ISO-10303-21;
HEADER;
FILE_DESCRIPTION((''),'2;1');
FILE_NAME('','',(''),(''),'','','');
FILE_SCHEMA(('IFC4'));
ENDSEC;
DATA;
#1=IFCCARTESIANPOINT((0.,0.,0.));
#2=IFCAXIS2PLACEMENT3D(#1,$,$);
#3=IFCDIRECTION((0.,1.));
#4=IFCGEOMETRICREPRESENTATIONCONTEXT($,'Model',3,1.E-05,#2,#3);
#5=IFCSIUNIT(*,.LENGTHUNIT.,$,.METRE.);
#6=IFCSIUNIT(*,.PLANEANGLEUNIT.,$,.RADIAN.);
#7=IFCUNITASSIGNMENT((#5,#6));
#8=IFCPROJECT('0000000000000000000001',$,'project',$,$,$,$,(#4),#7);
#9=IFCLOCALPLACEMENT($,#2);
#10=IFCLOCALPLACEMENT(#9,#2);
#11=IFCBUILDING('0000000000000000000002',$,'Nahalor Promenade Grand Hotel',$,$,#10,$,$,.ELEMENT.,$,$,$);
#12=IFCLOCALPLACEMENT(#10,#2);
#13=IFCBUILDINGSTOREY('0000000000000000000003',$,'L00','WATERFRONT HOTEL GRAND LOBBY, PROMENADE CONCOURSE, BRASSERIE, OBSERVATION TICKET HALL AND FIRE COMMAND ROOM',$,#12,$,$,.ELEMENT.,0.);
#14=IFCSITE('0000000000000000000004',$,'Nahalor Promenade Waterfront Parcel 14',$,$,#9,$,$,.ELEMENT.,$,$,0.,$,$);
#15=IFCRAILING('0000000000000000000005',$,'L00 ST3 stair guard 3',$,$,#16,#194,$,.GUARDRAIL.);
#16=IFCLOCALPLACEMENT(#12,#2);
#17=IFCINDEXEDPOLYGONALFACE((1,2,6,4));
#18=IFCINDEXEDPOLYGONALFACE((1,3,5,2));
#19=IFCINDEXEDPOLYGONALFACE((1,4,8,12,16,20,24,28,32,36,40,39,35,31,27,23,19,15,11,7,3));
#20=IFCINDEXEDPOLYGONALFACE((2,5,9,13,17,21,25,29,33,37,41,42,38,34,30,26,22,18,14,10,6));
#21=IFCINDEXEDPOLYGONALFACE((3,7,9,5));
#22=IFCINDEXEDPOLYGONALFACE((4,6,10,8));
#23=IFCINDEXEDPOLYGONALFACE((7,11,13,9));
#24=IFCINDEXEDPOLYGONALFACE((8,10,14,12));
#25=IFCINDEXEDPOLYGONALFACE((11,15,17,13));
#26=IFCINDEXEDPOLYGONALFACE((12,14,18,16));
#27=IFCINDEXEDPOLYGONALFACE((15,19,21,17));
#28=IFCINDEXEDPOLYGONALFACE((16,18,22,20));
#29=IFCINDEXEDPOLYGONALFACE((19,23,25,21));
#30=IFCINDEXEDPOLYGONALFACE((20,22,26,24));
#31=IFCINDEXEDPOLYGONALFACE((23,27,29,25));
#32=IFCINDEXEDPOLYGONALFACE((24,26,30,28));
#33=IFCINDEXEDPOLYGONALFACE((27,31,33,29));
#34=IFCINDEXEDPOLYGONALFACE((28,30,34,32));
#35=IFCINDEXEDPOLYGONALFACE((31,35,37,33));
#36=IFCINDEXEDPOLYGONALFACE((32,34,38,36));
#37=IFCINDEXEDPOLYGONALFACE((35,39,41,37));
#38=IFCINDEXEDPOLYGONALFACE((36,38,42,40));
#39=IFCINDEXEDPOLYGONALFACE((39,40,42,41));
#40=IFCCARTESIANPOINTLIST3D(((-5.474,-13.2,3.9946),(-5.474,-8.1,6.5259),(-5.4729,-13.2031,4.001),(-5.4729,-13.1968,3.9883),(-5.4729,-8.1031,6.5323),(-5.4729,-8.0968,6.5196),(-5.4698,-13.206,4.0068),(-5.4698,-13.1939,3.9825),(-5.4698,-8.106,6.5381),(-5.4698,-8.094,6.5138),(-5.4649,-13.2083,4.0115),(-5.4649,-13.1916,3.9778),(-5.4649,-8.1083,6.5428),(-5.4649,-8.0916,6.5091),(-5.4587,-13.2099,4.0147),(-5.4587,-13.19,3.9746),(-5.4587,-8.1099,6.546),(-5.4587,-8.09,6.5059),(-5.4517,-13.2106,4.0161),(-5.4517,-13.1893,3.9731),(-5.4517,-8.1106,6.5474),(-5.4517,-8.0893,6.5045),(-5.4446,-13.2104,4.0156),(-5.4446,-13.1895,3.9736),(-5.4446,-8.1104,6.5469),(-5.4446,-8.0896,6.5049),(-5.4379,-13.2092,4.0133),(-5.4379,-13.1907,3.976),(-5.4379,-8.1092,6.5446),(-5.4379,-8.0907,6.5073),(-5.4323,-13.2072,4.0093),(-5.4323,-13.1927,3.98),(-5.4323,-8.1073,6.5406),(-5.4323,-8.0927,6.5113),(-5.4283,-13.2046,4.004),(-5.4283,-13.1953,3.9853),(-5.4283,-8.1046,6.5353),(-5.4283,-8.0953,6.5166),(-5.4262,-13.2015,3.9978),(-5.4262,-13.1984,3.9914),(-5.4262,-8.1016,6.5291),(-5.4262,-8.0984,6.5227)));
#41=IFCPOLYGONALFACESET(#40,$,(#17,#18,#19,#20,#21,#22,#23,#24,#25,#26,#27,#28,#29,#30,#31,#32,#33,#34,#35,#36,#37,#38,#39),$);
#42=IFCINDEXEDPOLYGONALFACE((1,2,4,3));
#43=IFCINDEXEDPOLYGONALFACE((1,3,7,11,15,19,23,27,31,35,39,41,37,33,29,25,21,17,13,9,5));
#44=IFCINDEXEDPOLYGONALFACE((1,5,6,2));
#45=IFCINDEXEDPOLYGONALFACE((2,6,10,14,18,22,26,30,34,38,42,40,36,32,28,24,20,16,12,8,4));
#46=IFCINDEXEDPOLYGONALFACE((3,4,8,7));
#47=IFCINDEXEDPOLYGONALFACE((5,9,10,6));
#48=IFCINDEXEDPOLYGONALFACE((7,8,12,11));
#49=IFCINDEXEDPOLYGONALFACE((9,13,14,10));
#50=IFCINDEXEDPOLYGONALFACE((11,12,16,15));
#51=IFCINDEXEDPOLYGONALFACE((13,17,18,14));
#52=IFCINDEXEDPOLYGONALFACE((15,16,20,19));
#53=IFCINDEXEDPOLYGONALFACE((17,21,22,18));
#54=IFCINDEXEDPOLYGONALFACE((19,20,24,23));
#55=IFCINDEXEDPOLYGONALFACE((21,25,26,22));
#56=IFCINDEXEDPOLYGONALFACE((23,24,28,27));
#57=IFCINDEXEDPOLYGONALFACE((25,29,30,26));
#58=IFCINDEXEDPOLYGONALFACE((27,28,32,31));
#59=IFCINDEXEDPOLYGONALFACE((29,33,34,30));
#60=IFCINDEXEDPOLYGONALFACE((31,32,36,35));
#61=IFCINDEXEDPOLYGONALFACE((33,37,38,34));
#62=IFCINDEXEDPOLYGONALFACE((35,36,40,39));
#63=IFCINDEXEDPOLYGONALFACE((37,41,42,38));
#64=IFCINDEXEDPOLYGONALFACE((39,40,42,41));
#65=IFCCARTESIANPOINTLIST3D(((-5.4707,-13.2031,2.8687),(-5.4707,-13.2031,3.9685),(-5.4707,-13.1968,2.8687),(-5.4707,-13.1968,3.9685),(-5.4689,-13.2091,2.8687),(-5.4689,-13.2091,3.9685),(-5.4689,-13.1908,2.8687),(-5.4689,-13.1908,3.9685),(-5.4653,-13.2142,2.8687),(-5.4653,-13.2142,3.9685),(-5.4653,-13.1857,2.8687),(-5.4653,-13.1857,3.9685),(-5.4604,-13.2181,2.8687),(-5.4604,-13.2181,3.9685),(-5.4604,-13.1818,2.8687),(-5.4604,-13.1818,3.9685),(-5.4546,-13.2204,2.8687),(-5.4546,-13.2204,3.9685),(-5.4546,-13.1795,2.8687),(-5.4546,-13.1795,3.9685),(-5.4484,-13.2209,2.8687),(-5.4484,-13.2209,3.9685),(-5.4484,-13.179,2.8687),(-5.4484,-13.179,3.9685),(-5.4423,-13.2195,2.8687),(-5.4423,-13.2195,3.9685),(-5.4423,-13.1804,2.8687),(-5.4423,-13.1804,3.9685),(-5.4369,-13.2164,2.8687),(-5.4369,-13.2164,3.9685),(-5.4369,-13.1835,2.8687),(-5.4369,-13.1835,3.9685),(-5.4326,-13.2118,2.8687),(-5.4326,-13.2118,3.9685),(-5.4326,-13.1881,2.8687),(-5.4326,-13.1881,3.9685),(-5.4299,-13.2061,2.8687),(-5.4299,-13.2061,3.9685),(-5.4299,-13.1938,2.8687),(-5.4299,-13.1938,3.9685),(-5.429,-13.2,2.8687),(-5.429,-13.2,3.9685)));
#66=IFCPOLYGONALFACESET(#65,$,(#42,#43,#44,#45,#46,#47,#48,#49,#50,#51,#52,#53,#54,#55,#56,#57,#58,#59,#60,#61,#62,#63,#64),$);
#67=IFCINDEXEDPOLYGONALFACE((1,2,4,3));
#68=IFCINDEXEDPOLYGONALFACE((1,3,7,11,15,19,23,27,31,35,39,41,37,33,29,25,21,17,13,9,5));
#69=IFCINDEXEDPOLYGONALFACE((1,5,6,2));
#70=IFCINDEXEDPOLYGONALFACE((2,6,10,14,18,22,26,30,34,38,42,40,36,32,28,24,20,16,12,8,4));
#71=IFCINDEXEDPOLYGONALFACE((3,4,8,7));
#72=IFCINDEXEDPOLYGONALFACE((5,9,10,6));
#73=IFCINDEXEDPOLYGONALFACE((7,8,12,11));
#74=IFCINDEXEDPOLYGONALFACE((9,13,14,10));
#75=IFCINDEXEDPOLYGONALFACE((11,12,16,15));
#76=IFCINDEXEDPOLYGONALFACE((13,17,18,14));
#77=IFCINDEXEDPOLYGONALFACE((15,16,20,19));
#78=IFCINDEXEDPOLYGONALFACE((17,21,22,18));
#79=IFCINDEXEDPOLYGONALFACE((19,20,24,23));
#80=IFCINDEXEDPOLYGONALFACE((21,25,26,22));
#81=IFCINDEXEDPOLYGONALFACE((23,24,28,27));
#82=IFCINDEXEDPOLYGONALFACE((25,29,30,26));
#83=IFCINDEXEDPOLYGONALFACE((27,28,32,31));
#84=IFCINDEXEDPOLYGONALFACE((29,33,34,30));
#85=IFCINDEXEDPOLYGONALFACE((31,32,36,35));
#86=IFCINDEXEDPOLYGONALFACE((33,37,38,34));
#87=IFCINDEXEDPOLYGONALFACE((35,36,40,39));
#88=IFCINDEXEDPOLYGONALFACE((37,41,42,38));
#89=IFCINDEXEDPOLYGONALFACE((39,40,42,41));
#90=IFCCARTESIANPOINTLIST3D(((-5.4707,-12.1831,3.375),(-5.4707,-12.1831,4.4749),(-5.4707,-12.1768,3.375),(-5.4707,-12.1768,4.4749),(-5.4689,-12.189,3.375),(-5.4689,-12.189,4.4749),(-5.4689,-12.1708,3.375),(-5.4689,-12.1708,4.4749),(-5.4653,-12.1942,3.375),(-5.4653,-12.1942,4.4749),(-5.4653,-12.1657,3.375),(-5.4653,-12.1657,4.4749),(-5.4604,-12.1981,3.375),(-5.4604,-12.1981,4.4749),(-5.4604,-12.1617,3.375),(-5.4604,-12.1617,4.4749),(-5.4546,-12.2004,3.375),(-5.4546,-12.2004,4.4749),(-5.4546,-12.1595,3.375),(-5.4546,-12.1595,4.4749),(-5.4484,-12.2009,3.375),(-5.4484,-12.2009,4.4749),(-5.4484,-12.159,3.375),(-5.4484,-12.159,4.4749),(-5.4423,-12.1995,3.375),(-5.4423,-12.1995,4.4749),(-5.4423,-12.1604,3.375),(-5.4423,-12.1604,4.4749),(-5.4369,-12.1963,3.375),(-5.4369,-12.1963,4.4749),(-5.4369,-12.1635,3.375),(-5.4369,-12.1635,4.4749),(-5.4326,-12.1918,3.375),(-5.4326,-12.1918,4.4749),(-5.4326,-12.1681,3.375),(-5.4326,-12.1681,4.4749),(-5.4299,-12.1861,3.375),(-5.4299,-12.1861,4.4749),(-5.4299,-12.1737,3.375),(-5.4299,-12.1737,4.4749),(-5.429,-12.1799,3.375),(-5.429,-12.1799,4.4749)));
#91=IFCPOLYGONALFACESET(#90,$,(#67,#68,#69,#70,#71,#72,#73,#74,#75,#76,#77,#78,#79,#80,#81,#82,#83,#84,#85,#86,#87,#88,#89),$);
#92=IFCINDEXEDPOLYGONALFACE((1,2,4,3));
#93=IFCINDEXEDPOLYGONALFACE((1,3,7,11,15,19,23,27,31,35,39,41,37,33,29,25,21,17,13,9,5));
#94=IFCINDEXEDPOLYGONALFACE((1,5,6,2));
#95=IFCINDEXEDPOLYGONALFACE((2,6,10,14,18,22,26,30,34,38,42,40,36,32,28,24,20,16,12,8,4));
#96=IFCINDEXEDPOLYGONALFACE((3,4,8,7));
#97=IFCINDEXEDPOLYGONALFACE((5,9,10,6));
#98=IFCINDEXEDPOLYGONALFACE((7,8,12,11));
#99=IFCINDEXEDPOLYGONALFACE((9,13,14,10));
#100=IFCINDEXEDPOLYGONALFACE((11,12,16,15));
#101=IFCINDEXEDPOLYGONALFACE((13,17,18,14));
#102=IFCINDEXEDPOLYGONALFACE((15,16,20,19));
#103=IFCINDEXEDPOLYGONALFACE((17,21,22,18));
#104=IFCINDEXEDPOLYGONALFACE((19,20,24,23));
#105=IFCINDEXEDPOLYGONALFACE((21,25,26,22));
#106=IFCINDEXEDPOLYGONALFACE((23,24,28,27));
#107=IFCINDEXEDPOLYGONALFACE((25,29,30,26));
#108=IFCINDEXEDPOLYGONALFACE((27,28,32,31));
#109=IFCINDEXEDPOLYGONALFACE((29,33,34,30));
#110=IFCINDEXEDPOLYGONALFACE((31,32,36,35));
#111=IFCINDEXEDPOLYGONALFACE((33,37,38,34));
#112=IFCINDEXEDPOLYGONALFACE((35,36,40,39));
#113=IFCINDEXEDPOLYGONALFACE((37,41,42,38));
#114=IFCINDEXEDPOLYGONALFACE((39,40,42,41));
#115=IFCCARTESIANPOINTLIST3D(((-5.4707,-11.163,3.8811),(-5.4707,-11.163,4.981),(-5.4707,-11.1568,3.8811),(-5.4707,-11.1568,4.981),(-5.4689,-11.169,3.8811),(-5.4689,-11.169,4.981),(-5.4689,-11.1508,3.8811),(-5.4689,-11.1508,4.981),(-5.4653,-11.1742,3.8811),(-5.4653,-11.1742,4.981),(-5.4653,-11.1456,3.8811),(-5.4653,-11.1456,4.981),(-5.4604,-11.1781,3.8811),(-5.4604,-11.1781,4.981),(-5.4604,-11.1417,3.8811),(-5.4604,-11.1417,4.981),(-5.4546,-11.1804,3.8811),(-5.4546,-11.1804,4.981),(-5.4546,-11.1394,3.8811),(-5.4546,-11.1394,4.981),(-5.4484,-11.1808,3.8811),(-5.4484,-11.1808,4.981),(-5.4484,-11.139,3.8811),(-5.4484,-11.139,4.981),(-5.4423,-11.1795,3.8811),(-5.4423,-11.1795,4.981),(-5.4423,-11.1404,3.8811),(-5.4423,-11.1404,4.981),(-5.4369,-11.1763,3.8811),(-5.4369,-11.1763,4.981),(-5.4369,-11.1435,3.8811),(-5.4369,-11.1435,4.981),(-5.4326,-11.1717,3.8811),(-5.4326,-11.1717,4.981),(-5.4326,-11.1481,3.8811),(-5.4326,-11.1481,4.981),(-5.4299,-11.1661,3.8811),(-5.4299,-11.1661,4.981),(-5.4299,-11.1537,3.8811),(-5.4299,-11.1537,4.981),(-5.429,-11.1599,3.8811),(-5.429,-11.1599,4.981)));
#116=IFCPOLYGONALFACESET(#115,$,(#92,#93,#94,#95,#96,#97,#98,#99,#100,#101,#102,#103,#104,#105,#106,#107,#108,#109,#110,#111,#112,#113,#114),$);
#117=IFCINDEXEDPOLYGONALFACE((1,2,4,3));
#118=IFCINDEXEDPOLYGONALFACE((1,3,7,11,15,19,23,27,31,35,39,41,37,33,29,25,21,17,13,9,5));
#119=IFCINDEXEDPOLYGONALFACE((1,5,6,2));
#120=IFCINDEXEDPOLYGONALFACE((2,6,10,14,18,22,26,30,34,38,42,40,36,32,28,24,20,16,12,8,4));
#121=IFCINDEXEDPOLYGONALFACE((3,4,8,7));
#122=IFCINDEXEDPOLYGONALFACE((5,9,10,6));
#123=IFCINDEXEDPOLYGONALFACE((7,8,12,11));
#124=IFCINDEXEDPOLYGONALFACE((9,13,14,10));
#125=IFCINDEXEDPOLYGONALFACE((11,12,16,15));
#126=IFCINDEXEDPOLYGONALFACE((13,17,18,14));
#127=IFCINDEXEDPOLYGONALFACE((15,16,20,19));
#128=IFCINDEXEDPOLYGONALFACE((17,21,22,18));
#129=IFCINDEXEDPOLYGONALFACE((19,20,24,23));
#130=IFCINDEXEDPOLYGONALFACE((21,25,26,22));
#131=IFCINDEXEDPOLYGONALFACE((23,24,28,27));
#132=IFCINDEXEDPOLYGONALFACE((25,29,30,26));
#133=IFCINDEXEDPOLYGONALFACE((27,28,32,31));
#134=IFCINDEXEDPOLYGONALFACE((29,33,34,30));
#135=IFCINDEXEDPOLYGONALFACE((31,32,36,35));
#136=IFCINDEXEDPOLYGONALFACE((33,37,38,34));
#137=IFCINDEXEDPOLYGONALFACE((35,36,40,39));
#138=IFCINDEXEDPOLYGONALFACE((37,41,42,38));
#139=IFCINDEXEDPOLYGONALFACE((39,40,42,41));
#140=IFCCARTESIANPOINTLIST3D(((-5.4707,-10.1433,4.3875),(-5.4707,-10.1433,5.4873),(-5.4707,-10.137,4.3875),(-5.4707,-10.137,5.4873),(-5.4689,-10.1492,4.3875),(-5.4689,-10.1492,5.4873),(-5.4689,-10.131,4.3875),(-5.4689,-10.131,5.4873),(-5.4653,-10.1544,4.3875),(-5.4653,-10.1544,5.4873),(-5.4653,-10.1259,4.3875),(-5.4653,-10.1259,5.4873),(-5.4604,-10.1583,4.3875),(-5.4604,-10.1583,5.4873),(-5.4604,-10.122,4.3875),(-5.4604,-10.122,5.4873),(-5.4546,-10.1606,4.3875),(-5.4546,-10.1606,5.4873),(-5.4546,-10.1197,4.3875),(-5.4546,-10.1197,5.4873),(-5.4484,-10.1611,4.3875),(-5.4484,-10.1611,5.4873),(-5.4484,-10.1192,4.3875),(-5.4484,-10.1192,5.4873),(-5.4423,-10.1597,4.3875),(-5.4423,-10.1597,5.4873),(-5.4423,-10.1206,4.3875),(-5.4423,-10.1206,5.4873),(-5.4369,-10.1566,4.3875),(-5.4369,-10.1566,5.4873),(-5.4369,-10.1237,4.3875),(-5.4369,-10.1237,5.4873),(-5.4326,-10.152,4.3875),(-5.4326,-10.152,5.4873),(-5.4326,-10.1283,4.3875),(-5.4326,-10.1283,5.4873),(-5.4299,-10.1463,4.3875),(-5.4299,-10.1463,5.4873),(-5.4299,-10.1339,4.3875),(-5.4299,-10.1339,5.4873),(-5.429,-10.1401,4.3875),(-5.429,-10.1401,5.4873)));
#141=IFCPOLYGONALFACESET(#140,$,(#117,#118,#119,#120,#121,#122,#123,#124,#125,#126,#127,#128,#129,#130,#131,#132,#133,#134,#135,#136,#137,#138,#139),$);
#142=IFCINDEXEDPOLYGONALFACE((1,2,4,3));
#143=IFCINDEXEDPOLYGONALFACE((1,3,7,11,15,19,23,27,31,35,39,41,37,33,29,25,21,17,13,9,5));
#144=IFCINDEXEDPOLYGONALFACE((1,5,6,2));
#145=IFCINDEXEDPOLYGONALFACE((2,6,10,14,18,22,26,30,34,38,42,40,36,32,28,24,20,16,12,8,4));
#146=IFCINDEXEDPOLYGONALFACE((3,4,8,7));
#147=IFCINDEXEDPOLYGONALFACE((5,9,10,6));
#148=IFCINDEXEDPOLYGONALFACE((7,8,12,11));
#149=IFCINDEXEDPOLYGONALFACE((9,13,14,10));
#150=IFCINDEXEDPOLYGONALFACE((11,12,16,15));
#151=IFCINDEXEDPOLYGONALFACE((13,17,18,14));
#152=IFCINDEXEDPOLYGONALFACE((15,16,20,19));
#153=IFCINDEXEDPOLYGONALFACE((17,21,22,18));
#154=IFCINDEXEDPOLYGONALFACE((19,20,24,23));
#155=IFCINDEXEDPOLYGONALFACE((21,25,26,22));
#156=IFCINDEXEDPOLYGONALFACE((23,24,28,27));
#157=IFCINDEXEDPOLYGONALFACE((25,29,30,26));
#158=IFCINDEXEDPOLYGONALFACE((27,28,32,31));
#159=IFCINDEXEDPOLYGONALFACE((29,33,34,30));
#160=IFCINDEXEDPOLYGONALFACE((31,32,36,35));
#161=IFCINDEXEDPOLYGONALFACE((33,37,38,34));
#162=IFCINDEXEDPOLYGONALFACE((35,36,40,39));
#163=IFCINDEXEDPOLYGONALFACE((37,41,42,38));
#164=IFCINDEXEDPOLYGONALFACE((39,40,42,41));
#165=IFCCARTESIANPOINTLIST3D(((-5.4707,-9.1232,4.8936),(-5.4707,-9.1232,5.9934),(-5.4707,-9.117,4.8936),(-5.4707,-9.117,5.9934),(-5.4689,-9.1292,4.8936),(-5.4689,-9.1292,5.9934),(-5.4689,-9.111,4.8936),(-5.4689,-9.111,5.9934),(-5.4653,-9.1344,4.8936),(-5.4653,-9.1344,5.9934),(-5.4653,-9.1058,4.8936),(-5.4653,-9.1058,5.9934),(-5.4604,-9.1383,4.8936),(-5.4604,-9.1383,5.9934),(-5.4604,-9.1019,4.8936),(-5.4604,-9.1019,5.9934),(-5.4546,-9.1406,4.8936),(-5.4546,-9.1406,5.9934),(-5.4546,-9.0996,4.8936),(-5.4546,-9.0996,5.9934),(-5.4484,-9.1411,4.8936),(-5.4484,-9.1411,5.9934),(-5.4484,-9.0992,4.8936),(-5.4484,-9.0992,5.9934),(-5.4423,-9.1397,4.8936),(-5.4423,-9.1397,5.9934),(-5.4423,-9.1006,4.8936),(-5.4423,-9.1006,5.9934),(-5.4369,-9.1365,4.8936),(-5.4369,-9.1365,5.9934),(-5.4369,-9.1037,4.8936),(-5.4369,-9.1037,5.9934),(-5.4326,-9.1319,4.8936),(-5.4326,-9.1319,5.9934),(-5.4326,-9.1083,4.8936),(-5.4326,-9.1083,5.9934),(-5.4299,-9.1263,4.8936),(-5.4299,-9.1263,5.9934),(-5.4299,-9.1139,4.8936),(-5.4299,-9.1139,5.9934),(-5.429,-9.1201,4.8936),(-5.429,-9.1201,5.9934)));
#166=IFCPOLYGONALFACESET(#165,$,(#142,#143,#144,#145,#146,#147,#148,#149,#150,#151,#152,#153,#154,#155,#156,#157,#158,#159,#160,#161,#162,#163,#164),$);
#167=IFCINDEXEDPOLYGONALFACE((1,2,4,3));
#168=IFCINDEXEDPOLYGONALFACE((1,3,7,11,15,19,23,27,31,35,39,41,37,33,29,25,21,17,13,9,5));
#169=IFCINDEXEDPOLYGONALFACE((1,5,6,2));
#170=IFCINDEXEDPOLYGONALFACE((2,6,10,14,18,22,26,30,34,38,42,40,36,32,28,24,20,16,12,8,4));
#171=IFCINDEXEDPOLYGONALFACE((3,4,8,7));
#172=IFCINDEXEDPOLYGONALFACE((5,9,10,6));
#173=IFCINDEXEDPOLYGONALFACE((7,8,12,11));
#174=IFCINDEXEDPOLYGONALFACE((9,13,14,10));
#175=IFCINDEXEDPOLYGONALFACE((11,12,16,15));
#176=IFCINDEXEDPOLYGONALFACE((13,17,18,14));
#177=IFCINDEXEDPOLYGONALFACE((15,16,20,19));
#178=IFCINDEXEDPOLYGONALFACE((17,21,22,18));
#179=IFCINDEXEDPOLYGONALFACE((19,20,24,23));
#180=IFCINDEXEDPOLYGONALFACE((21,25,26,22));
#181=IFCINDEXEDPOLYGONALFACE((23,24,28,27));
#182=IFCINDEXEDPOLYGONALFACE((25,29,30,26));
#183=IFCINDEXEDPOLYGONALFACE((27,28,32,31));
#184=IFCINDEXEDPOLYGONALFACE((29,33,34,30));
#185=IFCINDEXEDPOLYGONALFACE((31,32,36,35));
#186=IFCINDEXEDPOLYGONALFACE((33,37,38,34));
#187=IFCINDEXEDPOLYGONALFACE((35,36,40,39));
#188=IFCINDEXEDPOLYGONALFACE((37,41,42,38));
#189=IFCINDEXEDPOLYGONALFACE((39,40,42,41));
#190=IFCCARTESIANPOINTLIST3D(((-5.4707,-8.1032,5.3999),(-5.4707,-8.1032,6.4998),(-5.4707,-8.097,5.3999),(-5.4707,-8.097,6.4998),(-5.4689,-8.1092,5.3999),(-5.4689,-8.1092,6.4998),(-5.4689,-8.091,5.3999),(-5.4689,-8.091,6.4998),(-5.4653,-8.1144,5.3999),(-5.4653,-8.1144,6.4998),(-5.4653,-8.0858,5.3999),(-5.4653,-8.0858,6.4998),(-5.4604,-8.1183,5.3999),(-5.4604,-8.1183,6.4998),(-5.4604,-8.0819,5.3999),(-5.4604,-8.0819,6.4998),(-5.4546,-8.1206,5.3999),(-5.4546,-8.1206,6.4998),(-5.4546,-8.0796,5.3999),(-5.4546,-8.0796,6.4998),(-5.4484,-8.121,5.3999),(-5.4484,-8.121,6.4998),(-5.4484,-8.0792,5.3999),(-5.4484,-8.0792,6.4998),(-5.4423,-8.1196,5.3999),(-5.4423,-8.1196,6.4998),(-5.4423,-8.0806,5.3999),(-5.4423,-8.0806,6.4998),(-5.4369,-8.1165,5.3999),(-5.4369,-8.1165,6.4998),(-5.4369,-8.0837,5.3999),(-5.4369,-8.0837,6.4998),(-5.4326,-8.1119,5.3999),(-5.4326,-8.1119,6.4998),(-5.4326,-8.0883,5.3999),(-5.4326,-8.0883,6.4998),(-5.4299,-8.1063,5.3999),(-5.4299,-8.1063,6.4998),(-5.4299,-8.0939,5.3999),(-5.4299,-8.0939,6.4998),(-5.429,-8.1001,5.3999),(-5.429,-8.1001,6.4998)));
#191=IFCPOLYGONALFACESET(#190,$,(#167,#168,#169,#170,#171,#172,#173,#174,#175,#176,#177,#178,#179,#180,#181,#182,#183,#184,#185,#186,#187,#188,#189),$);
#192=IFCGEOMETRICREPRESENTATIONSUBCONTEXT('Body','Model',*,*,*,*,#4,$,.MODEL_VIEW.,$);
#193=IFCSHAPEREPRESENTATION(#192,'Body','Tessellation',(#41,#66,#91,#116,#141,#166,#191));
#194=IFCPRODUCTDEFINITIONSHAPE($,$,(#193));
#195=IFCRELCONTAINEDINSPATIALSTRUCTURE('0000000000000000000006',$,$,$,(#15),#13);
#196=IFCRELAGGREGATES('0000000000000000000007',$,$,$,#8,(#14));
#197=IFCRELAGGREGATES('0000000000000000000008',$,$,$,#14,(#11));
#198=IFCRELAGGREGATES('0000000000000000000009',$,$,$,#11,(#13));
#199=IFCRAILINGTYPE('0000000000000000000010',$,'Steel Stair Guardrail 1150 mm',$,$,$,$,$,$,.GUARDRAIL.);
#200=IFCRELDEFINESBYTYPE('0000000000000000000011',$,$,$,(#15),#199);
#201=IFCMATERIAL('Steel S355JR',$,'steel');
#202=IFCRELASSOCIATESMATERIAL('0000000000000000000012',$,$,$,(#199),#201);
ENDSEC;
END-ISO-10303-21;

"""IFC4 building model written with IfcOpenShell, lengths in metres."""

from ifc_helpers import new_model, si_unit, direction, frame, origin, origin_2d, place, context, subcontext, project, spatial, circle, extrude, material, type_object, element, save


model = new_model("IFC4")

# Units and contexts
model_context = context("Model", 3, precision=1e-05, world=origin(), true_north=direction((0.0, 1.0)))
body_context = subcontext(model_context, "Body", "Model", "MODEL_VIEW")
ifc_project = project(units=[si_unit("LENGTHUNIT", "METRE"), si_unit("PLANEANGLEUNIT", "RADIAN")], contexts=[model_context])

# Site, building, storey
site_placement = place(None, origin())
site = spatial("IfcSite", under=ifc_project, at=site_placement, Name="Nahalor Promenade Waterfront Parcel 14", CompositionType="ELEMENT", RefElevation=0.0)
building_placement = place(site_placement, origin())
building = spatial("IfcBuilding", under=site, at=building_placement, Name="Nahalor Promenade Grand Hotel", CompositionType="ELEMENT")
storey_placement = place(building_placement, origin())
storey = spatial("IfcBuildingStorey", under=building, at=storey_placement, Name="L00", Description="WATERFRONT HOTEL GRAND LOBBY, PROMENADE CONCOURSE, BRASSERIE, OBSERVATION TICKET HALL AND FIRE COMMAND ROOM", CompositionType="ELEMENT", Elevation=0.0)

# Shared definitions
ifc_material_1 = material(Name="Steel S355JR", Category="steel")

# Railing
railing_type_1 = type_object("IfcRailingType", Name="Steel Stair Guardrail 1150 mm", PredefinedType="GUARDRAIL", material=ifc_material_1)
railing_1_placement = place(storey_placement, frame((-5.45, -13.2, 2.8687)))
element("IfcRailing", 1, at=railing_1_placement, inside=storey, type_object=railing_type_1, Name="L00 ST3 stair guard 3", PredefinedType="GUARDRAIL", context=body_context, shape_type="SweptSolid", body=[
    extrude(circle(Radius=0.024, at=origin_2d()), frame((0.0, 0.0, 1.126), z_axis=(0.0, 0.895735, 0.444587), x_axis=(-1.0, 0.0, 0.0)), (0.0, 0.0, 1.0), 5.6936),
    extrude(circle(Radius=0.021, at=origin_2d()), origin(), (0.0, 0.0, 1.0), 1.0999),
    extrude(circle(Radius=0.021, at=origin_2d()), frame((0.0, 1.02, 0.5063)), (0.0, 0.0, 1.0), 1.0999),
    extrude(circle(Radius=0.021, at=origin_2d()), frame((0.0, 2.04, 1.0125)), (0.0, 0.0, 1.0), 1.0999),
    extrude(circle(Radius=0.021, at=origin_2d()), frame((0.0, 3.0598, 1.5188)), (0.0, 0.0, 1.0), 1.0999),
    extrude(circle(Radius=0.021, at=origin_2d()), frame((0.0, 4.0798, 2.0249)), (0.0, 0.0, 1.0), 1.0999),
    extrude(circle(Radius=0.021, at=origin_2d()), frame((0.0, 5.0999, 2.5312)), (0.0, 0.0, 1.0), 1.0999),
])

save(model, "model.ifc")
